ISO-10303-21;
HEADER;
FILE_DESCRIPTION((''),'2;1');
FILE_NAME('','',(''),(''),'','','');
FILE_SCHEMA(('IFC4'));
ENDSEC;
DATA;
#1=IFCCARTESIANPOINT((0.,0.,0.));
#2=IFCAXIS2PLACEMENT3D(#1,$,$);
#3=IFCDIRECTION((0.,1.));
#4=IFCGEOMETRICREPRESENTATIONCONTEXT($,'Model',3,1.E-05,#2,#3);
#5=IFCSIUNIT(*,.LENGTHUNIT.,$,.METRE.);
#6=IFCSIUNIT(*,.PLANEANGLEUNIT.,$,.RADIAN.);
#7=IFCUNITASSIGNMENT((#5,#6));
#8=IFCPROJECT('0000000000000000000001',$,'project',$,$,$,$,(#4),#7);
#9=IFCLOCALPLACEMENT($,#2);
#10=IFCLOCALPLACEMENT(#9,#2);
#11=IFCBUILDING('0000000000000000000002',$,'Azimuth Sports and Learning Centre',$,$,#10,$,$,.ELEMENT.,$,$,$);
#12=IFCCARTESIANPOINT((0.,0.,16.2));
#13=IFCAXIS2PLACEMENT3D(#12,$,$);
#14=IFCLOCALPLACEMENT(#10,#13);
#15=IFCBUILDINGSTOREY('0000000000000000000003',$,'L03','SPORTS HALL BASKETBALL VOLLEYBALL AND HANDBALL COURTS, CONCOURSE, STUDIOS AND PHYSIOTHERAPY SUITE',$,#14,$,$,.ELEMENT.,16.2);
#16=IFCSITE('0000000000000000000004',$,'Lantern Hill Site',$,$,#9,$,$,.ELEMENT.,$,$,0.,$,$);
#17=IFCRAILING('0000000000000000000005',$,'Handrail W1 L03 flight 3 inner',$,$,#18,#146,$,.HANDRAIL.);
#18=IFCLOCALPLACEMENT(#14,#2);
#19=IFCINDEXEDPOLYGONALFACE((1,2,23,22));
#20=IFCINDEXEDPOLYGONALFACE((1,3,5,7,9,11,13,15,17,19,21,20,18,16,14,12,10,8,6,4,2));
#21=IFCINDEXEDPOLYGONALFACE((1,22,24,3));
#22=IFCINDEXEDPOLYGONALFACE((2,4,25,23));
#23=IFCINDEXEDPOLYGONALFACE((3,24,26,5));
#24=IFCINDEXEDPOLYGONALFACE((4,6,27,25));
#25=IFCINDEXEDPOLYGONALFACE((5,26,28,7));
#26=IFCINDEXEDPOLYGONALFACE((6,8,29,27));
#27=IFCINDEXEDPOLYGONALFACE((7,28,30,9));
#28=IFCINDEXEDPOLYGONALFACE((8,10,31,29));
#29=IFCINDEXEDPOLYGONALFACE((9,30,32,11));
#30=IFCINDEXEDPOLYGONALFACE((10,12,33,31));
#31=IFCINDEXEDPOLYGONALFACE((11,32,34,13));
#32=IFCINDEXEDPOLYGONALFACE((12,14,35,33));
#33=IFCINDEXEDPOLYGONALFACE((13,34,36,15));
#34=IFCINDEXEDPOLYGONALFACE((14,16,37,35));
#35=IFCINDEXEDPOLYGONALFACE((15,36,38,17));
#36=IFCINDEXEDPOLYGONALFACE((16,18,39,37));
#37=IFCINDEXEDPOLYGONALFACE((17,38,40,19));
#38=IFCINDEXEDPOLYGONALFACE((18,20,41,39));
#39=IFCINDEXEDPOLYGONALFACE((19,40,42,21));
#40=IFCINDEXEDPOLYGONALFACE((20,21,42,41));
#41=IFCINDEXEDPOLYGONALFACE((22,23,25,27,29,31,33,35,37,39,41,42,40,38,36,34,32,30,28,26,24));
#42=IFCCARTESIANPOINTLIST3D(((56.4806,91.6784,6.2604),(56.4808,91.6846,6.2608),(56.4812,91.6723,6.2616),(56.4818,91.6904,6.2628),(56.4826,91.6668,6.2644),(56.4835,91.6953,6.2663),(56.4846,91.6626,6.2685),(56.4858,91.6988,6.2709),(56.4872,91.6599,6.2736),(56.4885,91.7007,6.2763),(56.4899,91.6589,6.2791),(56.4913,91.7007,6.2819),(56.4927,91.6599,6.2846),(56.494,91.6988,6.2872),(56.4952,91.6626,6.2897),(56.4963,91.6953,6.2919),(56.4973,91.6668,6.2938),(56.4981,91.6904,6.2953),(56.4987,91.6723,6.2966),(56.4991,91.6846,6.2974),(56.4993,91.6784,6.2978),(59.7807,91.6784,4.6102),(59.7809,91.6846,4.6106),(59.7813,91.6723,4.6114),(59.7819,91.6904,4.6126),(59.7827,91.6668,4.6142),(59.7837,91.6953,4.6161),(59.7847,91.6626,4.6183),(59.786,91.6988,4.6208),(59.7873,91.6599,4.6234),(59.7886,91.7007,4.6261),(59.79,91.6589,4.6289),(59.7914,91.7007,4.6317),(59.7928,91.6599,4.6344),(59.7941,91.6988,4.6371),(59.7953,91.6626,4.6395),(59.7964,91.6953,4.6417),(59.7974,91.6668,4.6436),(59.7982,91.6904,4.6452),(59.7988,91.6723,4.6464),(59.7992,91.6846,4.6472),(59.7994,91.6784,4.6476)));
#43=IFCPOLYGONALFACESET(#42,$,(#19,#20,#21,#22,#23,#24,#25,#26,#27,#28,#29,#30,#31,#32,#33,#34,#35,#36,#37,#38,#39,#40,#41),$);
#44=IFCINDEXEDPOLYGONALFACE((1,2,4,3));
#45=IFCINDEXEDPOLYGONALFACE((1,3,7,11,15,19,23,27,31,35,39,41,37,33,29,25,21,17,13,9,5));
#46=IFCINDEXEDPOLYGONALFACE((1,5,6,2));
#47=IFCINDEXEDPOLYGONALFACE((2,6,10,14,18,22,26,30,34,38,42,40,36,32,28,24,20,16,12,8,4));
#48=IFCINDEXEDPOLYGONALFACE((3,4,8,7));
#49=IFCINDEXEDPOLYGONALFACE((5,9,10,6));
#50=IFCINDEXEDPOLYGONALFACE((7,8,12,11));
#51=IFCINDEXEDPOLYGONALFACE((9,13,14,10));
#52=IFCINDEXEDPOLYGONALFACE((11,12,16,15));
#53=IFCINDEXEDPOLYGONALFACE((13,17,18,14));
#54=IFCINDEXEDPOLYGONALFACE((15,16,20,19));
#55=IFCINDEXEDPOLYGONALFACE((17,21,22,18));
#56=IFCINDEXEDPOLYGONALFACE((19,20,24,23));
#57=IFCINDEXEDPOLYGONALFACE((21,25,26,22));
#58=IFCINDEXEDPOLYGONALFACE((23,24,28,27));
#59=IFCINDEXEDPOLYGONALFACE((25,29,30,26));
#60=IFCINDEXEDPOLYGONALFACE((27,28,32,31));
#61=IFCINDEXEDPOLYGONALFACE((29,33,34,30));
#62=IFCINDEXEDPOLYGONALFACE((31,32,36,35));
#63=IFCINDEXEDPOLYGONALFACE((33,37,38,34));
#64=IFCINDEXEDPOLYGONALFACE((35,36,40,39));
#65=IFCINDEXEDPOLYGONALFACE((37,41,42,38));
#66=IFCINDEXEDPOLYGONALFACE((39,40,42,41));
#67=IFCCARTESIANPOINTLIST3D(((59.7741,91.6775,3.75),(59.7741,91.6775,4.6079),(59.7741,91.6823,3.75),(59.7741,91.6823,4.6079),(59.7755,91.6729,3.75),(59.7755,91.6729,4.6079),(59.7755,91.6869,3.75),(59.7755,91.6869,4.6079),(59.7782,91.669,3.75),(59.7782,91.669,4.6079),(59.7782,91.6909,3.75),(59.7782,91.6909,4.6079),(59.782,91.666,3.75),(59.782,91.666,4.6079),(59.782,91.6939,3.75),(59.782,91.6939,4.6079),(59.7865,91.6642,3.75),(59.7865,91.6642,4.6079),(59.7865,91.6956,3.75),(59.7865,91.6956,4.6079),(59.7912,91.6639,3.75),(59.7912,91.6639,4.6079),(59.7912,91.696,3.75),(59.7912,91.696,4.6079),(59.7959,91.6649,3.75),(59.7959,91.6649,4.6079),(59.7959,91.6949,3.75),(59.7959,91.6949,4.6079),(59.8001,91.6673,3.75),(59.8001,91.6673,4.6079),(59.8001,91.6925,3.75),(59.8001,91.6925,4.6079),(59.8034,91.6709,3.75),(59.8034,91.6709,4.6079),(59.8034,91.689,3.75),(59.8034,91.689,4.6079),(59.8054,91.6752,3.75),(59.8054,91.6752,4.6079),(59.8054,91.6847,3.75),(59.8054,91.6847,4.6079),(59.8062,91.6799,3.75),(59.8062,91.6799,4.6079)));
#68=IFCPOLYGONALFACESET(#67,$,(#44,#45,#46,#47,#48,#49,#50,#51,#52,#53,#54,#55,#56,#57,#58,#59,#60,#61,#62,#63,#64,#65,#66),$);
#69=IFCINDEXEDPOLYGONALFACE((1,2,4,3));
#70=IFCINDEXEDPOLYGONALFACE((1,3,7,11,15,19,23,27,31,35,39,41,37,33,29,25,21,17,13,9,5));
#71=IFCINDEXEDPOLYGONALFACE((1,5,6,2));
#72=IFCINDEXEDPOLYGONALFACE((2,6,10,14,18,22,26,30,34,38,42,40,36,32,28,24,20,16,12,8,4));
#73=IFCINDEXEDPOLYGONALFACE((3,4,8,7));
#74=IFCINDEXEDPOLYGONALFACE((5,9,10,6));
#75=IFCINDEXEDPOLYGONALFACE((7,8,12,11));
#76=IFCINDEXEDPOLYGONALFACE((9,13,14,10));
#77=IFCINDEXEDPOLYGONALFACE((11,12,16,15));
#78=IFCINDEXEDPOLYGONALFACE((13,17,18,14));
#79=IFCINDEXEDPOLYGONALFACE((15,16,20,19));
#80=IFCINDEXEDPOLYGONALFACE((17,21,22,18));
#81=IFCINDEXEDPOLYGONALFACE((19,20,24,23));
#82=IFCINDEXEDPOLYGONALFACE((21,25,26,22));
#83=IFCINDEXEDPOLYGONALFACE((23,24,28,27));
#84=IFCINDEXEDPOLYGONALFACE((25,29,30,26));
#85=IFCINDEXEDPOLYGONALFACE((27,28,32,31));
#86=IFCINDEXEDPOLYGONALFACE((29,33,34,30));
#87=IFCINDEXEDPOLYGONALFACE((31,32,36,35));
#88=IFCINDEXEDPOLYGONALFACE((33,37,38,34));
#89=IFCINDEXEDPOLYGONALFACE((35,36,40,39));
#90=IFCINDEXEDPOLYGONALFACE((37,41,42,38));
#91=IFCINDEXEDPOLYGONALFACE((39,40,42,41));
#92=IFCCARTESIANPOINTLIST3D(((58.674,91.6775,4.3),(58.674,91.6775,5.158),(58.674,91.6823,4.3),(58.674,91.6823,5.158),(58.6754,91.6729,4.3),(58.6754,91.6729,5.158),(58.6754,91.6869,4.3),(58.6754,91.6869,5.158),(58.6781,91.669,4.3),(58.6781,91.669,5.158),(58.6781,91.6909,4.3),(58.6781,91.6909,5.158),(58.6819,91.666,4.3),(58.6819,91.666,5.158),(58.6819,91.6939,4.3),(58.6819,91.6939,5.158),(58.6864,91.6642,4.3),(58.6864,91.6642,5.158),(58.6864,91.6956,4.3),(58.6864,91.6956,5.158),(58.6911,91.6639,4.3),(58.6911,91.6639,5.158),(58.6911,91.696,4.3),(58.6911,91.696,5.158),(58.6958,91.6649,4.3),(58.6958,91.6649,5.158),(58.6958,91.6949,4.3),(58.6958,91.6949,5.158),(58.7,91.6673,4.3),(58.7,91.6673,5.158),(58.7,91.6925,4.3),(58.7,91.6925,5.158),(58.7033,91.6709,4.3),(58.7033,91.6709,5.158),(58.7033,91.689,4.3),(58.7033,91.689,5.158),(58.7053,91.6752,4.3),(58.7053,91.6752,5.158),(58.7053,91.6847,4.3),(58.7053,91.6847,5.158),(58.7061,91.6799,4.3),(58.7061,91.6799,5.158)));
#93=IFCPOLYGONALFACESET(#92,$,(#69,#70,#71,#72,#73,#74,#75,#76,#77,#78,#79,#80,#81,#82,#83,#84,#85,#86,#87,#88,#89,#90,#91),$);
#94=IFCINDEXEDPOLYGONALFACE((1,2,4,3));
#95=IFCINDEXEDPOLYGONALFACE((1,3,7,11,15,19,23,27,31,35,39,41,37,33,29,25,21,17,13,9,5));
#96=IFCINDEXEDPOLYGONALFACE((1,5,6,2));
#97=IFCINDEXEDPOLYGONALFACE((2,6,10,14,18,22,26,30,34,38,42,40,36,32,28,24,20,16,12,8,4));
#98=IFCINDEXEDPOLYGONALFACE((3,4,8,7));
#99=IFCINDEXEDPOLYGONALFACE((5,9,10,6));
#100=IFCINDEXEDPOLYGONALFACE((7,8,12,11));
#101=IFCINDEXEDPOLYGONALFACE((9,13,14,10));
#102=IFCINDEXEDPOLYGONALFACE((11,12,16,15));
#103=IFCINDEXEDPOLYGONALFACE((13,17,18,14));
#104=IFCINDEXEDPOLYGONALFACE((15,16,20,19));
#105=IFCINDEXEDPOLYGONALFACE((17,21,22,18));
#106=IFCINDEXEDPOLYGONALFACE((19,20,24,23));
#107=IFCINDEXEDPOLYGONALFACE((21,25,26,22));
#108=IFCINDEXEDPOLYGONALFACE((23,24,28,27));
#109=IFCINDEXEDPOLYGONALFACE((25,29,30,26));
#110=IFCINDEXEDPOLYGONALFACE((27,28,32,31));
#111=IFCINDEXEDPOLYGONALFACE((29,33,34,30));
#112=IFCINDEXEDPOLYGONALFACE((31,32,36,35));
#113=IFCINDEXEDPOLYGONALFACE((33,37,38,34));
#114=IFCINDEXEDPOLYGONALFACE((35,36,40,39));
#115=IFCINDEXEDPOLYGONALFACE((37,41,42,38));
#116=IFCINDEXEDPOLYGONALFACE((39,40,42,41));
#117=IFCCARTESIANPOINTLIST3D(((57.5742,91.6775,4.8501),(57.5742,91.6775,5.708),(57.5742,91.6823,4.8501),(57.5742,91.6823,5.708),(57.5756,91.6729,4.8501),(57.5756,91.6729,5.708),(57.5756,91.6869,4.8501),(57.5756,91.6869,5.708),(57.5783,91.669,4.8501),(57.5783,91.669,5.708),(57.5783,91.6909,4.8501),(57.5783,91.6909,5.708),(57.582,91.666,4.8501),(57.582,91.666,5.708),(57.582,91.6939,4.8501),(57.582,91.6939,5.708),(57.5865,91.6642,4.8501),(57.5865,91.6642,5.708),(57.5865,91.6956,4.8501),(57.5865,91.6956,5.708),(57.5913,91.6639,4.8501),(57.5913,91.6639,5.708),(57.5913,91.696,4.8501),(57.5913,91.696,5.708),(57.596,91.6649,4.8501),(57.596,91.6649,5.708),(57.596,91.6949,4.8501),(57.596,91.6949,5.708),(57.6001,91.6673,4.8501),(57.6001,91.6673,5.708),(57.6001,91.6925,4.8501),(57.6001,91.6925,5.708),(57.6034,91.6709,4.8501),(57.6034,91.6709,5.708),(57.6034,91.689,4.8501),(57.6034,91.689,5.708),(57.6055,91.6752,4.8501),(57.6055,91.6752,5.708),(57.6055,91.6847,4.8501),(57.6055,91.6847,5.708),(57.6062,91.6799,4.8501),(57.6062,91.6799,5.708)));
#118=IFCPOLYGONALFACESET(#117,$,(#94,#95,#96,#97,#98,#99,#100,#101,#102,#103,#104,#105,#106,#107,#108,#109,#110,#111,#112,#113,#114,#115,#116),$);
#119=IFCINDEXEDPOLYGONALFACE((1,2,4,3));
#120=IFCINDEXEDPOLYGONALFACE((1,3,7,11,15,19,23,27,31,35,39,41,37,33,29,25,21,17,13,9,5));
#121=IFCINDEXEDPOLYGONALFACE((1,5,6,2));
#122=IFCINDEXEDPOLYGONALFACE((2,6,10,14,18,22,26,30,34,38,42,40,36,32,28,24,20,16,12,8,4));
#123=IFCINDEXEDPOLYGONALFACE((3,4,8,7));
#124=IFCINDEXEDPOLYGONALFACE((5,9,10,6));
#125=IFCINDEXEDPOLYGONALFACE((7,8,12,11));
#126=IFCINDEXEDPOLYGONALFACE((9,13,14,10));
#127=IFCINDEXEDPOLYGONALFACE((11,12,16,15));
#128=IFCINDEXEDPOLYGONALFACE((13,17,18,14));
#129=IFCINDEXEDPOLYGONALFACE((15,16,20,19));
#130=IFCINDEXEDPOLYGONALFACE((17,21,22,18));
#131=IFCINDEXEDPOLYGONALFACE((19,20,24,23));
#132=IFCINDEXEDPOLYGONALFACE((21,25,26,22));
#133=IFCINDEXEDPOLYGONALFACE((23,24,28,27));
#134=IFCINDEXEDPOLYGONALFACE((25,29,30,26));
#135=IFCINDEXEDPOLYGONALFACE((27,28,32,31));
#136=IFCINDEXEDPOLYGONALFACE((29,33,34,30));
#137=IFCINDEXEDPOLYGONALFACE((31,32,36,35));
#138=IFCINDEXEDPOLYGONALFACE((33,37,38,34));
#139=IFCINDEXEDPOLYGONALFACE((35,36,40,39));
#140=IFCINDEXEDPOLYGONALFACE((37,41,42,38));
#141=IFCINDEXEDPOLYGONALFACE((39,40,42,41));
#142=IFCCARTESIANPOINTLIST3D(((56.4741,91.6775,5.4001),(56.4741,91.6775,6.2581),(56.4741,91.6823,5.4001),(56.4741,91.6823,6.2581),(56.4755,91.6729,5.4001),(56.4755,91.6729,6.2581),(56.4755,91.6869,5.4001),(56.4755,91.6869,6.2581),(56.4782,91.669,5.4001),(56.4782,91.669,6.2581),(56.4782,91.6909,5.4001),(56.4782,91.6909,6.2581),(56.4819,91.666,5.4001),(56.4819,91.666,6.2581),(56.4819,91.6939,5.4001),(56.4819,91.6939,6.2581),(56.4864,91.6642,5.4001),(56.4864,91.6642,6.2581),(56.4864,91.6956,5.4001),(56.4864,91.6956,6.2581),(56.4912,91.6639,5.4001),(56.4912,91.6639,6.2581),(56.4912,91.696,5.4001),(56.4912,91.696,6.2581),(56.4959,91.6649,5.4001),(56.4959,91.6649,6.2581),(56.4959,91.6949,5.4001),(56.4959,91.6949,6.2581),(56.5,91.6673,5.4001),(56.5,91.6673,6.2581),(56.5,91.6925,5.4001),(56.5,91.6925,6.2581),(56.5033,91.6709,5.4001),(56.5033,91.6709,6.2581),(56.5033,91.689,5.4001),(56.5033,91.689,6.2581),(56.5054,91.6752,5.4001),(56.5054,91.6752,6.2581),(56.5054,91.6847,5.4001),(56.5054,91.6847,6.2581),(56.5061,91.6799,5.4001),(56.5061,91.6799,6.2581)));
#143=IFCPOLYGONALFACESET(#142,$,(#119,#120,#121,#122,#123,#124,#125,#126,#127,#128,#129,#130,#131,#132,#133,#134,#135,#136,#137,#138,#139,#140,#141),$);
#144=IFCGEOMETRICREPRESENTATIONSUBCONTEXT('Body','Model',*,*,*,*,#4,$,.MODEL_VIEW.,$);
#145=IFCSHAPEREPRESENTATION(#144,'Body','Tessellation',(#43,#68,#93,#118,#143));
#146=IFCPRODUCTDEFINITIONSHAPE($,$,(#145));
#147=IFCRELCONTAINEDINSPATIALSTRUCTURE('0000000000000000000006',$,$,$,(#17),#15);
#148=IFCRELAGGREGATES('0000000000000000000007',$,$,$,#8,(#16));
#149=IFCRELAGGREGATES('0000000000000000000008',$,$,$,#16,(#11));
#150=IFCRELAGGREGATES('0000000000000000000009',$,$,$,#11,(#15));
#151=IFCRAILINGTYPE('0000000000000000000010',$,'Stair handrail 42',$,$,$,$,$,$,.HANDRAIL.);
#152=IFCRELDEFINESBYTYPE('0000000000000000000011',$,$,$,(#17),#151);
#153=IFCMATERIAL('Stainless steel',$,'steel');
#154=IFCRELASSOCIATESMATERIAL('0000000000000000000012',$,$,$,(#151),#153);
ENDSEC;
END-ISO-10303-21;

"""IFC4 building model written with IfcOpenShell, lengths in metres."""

from ifc_helpers import new_model, si_unit, direction, frame, origin, origin_2d, place, context, subcontext, project, spatial, circle, extrude, material, type_object, element, save


model = new_model("IFC4")

# Units and contexts
model_context = context("Model", 3, precision=1e-05, world=origin(), true_north=direction((0.0, 1.0)))
body_context = subcontext(model_context, "Body", "Model", "MODEL_VIEW")
ifc_project = project(units=[si_unit("LENGTHUNIT", "METRE"), si_unit("PLANEANGLEUNIT", "RADIAN")], contexts=[model_context])

# Site, building, storey
site_placement = place(None, origin())
site = spatial("IfcSite", under=ifc_project, at=site_placement, Name="Lantern Hill Site", CompositionType="ELEMENT", RefElevation=0.0)
building_placement = place(site_placement, origin())
building = spatial("IfcBuilding", under=site, at=building_placement, Name="Azimuth Sports and Learning Centre", CompositionType="ELEMENT")
storey_placement = place(building_placement, frame((0.0, 0.0, 16.2)))
storey = spatial("IfcBuildingStorey", under=building, at=storey_placement, Name="L03", Description="SPORTS HALL BASKETBALL VOLLEYBALL AND HANDBALL COURTS, CONCOURSE, STUDIOS AND PHYSIOTHERAPY SUITE", CompositionType="ELEMENT", Elevation=16.2)

# Railing
ifc_material_1 = material(Name="Stainless steel", Category="steel")
railing_type = type_object("IfcRailingType", Name="Stair handrail 42", PredefinedType="HANDRAIL", material=ifc_material_1)
for number, where, name in (
    (1, (59.79, 91.6799, 3.75), "Handrail W1 L03 flight 3 inner"),
):
    element("IfcRailing", number, at=place(storey_placement, frame(where)), inside=storey, type_object=railing_type, Name=name, PredefinedType="HANDRAIL", context=body_context, shape_type="SweptSolid", body=[
        extrude(circle(Radius=0.021, at=origin_2d()), frame((0.0, 0.0, 0.8789), z_axis=(-0.894414, 0.0, 0.44724), x_axis=(0.0, -1.0, 0.0)), (0.0, 0.0, 1.0), 3.6897),
        extrude(circle(Radius=0.0161, at=origin_2d()), origin(), (0.0, 0.0, 1.0), 0.8579),
        extrude(circle(Radius=0.0161, at=origin_2d()), frame((-1.1001, 0.0, 0.55)), (0.0, 0.0, 1.0), 0.8579),
        extrude(circle(Radius=0.0161, at=origin_2d()), frame((-2.2, 0.0, 1.1001)), (0.0, 0.0, 1.0), 0.8579),
        extrude(circle(Radius=0.0161, at=origin_2d()), frame((-3.3, 0.0, 1.6501)), (0.0, 0.0, 1.0), 0.8579),
    ])

save(model, "model.ifc")
